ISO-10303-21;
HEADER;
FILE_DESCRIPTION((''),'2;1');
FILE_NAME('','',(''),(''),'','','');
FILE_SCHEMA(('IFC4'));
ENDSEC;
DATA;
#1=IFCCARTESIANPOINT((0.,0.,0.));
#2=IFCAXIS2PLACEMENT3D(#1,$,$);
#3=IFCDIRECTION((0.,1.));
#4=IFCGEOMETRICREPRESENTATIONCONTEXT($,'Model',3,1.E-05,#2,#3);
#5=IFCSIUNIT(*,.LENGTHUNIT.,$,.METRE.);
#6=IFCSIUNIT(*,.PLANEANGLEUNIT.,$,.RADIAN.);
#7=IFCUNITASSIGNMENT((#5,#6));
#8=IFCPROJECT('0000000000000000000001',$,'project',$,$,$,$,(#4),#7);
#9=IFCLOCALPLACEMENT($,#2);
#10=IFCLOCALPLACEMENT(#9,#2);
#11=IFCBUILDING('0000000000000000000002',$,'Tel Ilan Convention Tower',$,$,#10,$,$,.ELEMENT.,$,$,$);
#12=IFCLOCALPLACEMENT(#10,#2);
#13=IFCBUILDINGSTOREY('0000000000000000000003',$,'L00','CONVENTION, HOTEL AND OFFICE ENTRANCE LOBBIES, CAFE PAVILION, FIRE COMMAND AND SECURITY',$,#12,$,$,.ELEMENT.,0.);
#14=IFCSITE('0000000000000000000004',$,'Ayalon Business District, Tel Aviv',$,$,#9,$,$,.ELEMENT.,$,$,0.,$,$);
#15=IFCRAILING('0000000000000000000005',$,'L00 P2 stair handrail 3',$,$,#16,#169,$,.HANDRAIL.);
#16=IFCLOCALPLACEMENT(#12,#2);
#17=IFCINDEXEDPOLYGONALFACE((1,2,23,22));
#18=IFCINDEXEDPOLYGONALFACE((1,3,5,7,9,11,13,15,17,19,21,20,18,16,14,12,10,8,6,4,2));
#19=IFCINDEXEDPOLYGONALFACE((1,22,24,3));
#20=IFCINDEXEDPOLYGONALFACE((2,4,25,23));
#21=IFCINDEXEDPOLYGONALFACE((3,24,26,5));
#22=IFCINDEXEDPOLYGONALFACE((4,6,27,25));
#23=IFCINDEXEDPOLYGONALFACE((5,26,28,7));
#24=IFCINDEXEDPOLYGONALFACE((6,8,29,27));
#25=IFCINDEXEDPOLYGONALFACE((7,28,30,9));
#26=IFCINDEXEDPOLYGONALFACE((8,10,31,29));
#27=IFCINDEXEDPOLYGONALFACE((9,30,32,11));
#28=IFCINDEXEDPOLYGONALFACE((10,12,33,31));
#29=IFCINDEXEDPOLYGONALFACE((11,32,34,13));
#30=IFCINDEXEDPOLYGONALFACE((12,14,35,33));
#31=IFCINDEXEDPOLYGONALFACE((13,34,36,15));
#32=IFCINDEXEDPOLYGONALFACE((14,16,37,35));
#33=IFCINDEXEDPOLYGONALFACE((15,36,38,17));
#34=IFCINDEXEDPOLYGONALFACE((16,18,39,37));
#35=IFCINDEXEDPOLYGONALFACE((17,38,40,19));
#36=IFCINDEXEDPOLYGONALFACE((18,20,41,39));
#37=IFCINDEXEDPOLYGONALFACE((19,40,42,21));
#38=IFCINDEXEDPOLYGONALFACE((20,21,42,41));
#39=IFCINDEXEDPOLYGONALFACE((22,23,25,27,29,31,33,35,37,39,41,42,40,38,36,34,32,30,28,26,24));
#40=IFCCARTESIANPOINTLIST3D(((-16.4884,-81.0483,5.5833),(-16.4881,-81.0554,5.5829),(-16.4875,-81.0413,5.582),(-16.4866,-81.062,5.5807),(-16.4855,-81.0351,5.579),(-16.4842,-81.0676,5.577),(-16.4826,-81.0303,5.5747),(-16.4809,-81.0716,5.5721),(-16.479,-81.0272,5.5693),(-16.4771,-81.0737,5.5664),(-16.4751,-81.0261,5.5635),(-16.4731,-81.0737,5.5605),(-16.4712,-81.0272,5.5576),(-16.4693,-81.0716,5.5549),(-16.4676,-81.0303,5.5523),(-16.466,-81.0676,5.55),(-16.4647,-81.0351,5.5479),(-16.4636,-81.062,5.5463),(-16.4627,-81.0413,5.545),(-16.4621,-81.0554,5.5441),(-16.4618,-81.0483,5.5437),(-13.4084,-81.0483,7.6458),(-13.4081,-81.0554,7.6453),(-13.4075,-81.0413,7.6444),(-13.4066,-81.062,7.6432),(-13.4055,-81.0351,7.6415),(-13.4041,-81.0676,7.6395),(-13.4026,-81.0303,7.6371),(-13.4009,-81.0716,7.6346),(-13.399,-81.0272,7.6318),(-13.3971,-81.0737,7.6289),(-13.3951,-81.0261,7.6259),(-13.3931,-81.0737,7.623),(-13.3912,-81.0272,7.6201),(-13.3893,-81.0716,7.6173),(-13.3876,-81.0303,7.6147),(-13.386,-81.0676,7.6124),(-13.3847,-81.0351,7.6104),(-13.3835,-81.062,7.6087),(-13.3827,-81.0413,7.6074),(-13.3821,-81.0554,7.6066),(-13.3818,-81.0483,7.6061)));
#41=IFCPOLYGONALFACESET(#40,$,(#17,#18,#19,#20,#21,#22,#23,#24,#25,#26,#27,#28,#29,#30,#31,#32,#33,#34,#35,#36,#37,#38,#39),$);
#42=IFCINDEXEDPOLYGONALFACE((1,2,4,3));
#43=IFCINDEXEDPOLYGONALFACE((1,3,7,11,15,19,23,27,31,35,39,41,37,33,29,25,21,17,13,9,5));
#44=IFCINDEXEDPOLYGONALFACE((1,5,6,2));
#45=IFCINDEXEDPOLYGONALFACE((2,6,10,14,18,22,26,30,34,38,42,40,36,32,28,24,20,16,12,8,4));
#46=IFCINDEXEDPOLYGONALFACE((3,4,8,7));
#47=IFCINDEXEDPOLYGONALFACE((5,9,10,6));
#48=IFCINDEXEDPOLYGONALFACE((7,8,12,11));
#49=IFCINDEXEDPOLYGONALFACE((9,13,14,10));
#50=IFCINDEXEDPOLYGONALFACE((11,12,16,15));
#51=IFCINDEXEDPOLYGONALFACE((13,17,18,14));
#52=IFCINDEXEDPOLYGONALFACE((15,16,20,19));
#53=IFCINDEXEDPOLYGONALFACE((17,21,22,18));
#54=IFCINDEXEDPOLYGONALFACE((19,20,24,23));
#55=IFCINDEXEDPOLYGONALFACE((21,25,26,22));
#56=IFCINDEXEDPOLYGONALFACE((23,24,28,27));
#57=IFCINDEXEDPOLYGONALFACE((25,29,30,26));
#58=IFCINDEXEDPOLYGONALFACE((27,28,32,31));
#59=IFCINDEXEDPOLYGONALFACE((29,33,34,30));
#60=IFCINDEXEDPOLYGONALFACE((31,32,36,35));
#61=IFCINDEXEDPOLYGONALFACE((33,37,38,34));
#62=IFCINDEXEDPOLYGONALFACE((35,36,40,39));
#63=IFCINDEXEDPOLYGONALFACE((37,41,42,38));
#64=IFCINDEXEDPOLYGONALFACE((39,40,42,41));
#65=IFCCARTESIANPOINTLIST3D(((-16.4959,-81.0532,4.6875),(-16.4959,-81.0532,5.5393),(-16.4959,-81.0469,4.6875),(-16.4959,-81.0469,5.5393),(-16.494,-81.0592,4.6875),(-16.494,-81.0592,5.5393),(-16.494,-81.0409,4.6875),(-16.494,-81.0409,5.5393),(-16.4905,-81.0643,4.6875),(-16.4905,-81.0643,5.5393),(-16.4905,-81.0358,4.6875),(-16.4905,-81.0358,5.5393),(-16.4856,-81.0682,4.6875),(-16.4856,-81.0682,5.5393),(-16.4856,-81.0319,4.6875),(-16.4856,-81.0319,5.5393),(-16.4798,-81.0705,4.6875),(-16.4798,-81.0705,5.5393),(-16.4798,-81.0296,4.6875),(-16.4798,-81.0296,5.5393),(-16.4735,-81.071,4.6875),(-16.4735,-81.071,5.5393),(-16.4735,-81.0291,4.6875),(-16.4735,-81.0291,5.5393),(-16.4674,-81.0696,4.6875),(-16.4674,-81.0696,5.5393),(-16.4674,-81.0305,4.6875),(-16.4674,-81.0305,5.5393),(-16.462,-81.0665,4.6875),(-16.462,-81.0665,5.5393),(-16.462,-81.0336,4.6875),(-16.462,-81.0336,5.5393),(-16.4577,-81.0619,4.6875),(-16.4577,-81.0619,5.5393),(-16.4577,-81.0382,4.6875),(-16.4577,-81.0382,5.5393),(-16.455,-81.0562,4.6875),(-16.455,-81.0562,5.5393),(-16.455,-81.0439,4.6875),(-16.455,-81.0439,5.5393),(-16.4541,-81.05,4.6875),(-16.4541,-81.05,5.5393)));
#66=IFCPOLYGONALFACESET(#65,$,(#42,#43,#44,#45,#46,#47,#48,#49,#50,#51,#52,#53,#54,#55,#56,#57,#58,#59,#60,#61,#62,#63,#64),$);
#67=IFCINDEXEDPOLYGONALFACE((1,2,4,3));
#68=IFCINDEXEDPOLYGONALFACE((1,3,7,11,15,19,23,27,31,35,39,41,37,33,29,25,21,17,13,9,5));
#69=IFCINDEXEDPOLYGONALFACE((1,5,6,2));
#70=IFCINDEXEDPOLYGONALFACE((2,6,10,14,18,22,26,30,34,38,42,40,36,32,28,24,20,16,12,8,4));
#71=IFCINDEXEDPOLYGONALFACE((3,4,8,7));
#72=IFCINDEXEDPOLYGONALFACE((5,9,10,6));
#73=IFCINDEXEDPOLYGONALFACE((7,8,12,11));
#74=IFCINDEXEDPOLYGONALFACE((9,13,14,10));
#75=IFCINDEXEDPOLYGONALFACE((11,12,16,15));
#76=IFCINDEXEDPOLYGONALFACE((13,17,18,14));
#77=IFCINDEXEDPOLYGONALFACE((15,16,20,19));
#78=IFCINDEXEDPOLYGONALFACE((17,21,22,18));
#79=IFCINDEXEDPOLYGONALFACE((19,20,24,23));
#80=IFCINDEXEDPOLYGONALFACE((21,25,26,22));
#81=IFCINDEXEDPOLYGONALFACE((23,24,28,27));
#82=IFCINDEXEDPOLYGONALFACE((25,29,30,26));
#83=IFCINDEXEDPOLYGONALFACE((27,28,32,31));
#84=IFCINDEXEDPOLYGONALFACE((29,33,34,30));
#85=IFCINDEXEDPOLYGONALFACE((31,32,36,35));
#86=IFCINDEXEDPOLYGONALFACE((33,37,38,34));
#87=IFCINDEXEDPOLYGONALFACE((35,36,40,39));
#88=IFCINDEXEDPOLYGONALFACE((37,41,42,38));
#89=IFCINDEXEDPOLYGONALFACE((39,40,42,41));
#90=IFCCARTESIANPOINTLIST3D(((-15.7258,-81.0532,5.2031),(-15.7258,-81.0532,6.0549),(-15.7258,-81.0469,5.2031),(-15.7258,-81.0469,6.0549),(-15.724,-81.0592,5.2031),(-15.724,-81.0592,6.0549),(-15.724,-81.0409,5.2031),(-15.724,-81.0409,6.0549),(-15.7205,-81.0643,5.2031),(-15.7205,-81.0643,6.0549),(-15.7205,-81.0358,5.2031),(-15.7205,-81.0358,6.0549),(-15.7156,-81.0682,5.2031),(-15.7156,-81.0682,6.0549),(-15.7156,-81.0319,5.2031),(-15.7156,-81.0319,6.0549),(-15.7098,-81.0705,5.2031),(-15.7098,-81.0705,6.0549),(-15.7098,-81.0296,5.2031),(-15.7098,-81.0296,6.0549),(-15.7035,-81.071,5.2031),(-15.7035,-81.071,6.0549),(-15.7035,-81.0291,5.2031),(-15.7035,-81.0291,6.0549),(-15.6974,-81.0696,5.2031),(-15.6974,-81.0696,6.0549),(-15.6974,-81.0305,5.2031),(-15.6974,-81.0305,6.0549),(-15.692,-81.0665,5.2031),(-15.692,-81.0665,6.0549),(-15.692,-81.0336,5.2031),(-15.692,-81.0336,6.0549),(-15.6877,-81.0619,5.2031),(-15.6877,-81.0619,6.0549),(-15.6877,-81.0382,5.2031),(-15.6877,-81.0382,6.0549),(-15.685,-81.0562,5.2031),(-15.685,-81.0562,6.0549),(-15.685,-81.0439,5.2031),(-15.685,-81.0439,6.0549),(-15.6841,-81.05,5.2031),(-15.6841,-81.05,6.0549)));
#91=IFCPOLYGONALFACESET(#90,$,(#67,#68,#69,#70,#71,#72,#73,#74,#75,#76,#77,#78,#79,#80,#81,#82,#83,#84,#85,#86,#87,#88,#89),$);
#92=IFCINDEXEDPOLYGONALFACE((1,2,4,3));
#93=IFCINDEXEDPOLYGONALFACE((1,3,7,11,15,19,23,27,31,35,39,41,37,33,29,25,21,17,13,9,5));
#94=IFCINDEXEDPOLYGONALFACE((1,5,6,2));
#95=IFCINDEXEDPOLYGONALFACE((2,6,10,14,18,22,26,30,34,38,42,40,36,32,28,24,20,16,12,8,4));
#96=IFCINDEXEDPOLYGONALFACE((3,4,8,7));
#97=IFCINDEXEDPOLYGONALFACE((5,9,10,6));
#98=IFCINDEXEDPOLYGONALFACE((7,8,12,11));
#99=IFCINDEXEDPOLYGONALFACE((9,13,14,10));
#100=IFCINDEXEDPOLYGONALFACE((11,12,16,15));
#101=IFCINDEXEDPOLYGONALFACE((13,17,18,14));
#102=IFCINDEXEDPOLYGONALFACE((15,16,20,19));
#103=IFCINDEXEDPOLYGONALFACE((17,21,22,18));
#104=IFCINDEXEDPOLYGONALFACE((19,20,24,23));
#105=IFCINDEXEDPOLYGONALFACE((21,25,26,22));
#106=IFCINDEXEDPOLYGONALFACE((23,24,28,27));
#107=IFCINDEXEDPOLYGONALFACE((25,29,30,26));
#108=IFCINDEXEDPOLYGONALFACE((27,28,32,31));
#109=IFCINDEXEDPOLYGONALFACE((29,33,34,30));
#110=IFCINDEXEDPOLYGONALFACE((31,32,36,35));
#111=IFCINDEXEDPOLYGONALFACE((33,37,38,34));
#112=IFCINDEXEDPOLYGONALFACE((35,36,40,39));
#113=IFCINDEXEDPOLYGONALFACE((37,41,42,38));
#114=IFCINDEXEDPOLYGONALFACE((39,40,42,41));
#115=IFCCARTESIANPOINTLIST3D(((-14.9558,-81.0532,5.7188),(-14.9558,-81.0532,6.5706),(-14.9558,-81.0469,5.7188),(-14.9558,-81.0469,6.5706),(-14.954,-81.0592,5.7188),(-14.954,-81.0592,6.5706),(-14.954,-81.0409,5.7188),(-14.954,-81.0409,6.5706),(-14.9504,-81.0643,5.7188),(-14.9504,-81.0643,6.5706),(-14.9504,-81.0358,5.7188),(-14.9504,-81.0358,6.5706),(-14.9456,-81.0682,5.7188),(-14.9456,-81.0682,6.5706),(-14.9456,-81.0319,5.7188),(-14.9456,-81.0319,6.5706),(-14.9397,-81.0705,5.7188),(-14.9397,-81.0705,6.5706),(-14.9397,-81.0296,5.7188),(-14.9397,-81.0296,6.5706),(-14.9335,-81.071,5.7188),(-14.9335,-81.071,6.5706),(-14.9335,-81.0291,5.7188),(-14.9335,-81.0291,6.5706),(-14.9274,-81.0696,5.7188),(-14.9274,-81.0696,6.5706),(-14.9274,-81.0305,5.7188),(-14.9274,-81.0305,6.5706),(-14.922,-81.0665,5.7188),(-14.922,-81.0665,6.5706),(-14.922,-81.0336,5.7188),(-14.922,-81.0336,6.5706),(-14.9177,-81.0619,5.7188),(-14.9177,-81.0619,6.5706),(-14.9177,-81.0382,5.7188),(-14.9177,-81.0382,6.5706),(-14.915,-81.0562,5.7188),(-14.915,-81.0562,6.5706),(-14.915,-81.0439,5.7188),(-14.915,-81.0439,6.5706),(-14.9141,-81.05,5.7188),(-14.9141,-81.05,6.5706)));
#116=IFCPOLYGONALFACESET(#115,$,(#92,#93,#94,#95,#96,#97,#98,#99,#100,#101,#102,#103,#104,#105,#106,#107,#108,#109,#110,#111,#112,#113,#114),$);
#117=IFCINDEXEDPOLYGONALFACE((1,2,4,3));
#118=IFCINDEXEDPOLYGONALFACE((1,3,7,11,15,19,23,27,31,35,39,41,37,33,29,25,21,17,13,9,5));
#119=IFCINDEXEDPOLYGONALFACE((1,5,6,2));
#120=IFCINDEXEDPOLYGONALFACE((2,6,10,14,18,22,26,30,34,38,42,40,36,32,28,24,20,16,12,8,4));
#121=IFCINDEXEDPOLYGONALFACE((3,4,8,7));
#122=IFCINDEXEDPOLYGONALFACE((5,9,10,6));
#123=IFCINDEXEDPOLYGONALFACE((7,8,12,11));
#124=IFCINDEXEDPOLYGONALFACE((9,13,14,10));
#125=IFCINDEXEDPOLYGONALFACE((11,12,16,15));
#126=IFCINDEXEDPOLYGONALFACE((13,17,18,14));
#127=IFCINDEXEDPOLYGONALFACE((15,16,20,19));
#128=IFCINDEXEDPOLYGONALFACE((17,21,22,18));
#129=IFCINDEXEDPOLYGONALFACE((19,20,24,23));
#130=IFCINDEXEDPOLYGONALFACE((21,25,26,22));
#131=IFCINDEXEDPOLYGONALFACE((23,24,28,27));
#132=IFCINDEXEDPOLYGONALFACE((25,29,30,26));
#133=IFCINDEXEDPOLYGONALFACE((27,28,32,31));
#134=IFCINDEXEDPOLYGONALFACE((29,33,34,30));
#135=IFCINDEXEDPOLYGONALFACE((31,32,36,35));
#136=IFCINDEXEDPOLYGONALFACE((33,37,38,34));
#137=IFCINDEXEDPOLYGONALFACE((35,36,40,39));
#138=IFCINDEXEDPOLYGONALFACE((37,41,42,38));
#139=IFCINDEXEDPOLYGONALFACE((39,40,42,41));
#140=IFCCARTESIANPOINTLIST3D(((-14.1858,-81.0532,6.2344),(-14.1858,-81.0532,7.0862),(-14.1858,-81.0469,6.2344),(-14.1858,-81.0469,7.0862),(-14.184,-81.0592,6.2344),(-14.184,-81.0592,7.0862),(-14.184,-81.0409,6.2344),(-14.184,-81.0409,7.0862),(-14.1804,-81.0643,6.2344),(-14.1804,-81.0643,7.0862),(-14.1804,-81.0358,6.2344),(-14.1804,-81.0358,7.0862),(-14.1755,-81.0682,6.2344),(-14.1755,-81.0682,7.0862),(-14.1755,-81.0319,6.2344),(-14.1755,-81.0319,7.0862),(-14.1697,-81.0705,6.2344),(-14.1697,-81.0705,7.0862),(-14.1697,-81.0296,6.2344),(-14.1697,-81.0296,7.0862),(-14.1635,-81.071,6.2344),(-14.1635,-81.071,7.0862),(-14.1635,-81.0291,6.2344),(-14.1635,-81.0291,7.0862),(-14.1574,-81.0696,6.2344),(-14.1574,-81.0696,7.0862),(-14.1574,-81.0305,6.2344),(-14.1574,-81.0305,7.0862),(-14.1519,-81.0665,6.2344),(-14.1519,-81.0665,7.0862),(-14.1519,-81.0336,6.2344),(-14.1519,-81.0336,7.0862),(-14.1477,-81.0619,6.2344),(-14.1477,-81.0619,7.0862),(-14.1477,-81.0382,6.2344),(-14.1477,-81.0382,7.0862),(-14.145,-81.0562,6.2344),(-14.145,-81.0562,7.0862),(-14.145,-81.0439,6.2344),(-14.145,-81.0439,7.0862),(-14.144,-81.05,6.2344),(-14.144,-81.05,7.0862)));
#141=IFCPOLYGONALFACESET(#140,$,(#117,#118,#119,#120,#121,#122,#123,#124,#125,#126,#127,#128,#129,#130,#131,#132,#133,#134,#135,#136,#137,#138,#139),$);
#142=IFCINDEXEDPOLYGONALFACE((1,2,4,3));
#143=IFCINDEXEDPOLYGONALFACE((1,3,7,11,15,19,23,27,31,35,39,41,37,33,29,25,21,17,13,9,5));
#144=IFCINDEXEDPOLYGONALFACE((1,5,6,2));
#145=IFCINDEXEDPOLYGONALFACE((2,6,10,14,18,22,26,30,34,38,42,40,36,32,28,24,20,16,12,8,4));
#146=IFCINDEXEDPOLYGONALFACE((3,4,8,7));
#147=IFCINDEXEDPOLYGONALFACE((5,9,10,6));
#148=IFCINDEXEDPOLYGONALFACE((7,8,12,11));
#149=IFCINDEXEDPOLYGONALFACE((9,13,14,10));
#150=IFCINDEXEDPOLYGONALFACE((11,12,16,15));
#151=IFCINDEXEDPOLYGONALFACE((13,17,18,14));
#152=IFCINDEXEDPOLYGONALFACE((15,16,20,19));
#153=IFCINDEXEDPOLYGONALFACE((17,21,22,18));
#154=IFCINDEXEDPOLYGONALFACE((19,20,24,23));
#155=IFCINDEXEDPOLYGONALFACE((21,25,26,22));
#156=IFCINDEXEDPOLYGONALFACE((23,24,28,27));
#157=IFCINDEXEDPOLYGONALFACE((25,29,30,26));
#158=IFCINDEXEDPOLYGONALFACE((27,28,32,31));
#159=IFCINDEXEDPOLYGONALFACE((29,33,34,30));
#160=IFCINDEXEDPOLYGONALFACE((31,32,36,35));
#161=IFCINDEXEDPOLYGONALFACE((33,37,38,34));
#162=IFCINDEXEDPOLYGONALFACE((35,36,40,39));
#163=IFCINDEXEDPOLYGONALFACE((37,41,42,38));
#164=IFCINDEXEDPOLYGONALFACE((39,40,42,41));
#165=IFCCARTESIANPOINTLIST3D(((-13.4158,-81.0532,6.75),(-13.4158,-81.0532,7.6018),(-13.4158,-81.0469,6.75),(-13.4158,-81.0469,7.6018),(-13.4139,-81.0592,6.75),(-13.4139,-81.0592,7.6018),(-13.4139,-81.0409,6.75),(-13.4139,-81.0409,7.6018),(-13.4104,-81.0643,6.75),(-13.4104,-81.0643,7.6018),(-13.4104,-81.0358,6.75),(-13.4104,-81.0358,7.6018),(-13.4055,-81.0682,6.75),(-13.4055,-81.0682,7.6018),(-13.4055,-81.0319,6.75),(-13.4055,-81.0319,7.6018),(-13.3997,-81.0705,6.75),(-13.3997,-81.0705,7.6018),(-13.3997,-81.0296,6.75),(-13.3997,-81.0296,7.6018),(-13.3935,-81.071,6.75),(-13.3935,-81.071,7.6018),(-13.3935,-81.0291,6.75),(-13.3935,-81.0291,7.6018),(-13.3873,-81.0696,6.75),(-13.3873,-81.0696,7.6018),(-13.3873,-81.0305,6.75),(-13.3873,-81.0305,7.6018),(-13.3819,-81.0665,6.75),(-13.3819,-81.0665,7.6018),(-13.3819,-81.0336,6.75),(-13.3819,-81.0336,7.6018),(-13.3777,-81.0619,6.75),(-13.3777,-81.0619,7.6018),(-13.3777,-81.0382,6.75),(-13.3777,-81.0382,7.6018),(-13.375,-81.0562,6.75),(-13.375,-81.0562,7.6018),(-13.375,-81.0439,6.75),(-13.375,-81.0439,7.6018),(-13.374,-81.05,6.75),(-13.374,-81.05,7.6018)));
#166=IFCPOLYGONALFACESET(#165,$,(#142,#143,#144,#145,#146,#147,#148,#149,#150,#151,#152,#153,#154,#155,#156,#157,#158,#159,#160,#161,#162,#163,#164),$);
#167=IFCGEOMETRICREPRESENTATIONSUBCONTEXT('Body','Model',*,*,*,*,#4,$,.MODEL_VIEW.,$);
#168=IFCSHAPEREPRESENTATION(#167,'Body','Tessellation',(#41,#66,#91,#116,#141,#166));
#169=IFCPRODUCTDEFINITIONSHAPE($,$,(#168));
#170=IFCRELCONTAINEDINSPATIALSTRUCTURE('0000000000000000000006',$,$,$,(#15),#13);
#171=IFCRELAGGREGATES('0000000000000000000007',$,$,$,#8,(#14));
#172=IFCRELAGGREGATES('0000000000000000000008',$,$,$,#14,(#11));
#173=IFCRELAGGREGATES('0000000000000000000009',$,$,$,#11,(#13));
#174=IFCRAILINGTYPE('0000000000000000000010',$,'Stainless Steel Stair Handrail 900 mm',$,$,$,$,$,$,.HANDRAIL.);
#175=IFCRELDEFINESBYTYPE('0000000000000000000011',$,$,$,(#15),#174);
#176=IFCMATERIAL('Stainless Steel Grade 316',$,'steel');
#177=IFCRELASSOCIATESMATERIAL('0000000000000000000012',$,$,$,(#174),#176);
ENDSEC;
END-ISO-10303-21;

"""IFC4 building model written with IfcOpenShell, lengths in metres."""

from ifc_helpers import new_model, si_unit, direction, frame, origin, origin_2d, place, context, subcontext, project, spatial, circle, extrude, material, type_object, element, save


model = new_model("IFC4")

# Units and contexts
model_context = context("Model", 3, precision=1e-05, world=origin(), true_north=direction((0.0, 1.0)))
body_context = subcontext(model_context, "Body", "Model", "MODEL_VIEW")
ifc_project = project(units=[si_unit("LENGTHUNIT", "METRE"), si_unit("PLANEANGLEUNIT", "RADIAN")], contexts=[model_context])

# Site, building, storey
site_placement = place(None, origin())
site = spatial("IfcSite", under=ifc_project, at=site_placement, Name="Ayalon Business District, Tel Aviv", CompositionType="ELEMENT", RefElevation=0.0)
building_placement = place(site_placement, origin())
building = spatial("IfcBuilding", under=site, at=building_placement, Name="Tel Ilan Convention Tower", CompositionType="ELEMENT")
storey_placement = place(building_placement, origin())
storey = spatial("IfcBuildingStorey", under=building, at=storey_placement, Name="L00", Description="CONVENTION, HOTEL AND OFFICE ENTRANCE LOBBIES, CAFE PAVILION, FIRE COMMAND AND SECURITY", CompositionType="ELEMENT", Elevation=0.0)

# Railing
ifc_material_1 = material(Name="Stainless Steel Grade 316", Category="steel")
railing_type_1 = type_object("IfcRailingType", Name="Stainless Steel Stair Handrail 900 mm", PredefinedType="HANDRAIL", material=ifc_material_1)
railing_1_placement = place(storey_placement, frame((-16.4751, -81.05, 4.6875)))
element("IfcRailing", 1, at=railing_1_placement, inside=storey, type_object=railing_type_1, Name="L00 P2 stair handrail 3", PredefinedType="HANDRAIL", context=body_context, shape_type="SweptSolid", body=[
    extrude(circle(Radius=0.0239, at=origin_2d()), frame((0.0, 0.0, 0.876), z_axis=(0.830914, 0.0, 0.556401), x_axis=(0.0, 1.0, 0.0)), (0.0, 0.0, 1.0), 3.7068),
    extrude(circle(Radius=0.021, at=origin_2d()), origin(), (0.0, 0.0, 1.0), 0.8518),
    extrude(circle(Radius=0.021, at=origin_2d()), frame((0.77, 0.0, 0.5156)), (0.0, 0.0, 1.0), 0.8518),
    extrude(circle(Radius=0.021, at=origin_2d()), frame((1.54, 0.0, 1.0312)), (0.0, 0.0, 1.0), 0.8518),
    extrude(circle(Radius=0.021, at=origin_2d()), frame((2.3101, 0.0, 1.5469)), (0.0, 0.0, 1.0), 0.8518),
    extrude(circle(Radius=0.021, at=origin_2d()), frame((3.0801, 0.0, 2.0625)), (0.0, 0.0, 1.0), 0.8518),
])

save(model, "model.ifc")
